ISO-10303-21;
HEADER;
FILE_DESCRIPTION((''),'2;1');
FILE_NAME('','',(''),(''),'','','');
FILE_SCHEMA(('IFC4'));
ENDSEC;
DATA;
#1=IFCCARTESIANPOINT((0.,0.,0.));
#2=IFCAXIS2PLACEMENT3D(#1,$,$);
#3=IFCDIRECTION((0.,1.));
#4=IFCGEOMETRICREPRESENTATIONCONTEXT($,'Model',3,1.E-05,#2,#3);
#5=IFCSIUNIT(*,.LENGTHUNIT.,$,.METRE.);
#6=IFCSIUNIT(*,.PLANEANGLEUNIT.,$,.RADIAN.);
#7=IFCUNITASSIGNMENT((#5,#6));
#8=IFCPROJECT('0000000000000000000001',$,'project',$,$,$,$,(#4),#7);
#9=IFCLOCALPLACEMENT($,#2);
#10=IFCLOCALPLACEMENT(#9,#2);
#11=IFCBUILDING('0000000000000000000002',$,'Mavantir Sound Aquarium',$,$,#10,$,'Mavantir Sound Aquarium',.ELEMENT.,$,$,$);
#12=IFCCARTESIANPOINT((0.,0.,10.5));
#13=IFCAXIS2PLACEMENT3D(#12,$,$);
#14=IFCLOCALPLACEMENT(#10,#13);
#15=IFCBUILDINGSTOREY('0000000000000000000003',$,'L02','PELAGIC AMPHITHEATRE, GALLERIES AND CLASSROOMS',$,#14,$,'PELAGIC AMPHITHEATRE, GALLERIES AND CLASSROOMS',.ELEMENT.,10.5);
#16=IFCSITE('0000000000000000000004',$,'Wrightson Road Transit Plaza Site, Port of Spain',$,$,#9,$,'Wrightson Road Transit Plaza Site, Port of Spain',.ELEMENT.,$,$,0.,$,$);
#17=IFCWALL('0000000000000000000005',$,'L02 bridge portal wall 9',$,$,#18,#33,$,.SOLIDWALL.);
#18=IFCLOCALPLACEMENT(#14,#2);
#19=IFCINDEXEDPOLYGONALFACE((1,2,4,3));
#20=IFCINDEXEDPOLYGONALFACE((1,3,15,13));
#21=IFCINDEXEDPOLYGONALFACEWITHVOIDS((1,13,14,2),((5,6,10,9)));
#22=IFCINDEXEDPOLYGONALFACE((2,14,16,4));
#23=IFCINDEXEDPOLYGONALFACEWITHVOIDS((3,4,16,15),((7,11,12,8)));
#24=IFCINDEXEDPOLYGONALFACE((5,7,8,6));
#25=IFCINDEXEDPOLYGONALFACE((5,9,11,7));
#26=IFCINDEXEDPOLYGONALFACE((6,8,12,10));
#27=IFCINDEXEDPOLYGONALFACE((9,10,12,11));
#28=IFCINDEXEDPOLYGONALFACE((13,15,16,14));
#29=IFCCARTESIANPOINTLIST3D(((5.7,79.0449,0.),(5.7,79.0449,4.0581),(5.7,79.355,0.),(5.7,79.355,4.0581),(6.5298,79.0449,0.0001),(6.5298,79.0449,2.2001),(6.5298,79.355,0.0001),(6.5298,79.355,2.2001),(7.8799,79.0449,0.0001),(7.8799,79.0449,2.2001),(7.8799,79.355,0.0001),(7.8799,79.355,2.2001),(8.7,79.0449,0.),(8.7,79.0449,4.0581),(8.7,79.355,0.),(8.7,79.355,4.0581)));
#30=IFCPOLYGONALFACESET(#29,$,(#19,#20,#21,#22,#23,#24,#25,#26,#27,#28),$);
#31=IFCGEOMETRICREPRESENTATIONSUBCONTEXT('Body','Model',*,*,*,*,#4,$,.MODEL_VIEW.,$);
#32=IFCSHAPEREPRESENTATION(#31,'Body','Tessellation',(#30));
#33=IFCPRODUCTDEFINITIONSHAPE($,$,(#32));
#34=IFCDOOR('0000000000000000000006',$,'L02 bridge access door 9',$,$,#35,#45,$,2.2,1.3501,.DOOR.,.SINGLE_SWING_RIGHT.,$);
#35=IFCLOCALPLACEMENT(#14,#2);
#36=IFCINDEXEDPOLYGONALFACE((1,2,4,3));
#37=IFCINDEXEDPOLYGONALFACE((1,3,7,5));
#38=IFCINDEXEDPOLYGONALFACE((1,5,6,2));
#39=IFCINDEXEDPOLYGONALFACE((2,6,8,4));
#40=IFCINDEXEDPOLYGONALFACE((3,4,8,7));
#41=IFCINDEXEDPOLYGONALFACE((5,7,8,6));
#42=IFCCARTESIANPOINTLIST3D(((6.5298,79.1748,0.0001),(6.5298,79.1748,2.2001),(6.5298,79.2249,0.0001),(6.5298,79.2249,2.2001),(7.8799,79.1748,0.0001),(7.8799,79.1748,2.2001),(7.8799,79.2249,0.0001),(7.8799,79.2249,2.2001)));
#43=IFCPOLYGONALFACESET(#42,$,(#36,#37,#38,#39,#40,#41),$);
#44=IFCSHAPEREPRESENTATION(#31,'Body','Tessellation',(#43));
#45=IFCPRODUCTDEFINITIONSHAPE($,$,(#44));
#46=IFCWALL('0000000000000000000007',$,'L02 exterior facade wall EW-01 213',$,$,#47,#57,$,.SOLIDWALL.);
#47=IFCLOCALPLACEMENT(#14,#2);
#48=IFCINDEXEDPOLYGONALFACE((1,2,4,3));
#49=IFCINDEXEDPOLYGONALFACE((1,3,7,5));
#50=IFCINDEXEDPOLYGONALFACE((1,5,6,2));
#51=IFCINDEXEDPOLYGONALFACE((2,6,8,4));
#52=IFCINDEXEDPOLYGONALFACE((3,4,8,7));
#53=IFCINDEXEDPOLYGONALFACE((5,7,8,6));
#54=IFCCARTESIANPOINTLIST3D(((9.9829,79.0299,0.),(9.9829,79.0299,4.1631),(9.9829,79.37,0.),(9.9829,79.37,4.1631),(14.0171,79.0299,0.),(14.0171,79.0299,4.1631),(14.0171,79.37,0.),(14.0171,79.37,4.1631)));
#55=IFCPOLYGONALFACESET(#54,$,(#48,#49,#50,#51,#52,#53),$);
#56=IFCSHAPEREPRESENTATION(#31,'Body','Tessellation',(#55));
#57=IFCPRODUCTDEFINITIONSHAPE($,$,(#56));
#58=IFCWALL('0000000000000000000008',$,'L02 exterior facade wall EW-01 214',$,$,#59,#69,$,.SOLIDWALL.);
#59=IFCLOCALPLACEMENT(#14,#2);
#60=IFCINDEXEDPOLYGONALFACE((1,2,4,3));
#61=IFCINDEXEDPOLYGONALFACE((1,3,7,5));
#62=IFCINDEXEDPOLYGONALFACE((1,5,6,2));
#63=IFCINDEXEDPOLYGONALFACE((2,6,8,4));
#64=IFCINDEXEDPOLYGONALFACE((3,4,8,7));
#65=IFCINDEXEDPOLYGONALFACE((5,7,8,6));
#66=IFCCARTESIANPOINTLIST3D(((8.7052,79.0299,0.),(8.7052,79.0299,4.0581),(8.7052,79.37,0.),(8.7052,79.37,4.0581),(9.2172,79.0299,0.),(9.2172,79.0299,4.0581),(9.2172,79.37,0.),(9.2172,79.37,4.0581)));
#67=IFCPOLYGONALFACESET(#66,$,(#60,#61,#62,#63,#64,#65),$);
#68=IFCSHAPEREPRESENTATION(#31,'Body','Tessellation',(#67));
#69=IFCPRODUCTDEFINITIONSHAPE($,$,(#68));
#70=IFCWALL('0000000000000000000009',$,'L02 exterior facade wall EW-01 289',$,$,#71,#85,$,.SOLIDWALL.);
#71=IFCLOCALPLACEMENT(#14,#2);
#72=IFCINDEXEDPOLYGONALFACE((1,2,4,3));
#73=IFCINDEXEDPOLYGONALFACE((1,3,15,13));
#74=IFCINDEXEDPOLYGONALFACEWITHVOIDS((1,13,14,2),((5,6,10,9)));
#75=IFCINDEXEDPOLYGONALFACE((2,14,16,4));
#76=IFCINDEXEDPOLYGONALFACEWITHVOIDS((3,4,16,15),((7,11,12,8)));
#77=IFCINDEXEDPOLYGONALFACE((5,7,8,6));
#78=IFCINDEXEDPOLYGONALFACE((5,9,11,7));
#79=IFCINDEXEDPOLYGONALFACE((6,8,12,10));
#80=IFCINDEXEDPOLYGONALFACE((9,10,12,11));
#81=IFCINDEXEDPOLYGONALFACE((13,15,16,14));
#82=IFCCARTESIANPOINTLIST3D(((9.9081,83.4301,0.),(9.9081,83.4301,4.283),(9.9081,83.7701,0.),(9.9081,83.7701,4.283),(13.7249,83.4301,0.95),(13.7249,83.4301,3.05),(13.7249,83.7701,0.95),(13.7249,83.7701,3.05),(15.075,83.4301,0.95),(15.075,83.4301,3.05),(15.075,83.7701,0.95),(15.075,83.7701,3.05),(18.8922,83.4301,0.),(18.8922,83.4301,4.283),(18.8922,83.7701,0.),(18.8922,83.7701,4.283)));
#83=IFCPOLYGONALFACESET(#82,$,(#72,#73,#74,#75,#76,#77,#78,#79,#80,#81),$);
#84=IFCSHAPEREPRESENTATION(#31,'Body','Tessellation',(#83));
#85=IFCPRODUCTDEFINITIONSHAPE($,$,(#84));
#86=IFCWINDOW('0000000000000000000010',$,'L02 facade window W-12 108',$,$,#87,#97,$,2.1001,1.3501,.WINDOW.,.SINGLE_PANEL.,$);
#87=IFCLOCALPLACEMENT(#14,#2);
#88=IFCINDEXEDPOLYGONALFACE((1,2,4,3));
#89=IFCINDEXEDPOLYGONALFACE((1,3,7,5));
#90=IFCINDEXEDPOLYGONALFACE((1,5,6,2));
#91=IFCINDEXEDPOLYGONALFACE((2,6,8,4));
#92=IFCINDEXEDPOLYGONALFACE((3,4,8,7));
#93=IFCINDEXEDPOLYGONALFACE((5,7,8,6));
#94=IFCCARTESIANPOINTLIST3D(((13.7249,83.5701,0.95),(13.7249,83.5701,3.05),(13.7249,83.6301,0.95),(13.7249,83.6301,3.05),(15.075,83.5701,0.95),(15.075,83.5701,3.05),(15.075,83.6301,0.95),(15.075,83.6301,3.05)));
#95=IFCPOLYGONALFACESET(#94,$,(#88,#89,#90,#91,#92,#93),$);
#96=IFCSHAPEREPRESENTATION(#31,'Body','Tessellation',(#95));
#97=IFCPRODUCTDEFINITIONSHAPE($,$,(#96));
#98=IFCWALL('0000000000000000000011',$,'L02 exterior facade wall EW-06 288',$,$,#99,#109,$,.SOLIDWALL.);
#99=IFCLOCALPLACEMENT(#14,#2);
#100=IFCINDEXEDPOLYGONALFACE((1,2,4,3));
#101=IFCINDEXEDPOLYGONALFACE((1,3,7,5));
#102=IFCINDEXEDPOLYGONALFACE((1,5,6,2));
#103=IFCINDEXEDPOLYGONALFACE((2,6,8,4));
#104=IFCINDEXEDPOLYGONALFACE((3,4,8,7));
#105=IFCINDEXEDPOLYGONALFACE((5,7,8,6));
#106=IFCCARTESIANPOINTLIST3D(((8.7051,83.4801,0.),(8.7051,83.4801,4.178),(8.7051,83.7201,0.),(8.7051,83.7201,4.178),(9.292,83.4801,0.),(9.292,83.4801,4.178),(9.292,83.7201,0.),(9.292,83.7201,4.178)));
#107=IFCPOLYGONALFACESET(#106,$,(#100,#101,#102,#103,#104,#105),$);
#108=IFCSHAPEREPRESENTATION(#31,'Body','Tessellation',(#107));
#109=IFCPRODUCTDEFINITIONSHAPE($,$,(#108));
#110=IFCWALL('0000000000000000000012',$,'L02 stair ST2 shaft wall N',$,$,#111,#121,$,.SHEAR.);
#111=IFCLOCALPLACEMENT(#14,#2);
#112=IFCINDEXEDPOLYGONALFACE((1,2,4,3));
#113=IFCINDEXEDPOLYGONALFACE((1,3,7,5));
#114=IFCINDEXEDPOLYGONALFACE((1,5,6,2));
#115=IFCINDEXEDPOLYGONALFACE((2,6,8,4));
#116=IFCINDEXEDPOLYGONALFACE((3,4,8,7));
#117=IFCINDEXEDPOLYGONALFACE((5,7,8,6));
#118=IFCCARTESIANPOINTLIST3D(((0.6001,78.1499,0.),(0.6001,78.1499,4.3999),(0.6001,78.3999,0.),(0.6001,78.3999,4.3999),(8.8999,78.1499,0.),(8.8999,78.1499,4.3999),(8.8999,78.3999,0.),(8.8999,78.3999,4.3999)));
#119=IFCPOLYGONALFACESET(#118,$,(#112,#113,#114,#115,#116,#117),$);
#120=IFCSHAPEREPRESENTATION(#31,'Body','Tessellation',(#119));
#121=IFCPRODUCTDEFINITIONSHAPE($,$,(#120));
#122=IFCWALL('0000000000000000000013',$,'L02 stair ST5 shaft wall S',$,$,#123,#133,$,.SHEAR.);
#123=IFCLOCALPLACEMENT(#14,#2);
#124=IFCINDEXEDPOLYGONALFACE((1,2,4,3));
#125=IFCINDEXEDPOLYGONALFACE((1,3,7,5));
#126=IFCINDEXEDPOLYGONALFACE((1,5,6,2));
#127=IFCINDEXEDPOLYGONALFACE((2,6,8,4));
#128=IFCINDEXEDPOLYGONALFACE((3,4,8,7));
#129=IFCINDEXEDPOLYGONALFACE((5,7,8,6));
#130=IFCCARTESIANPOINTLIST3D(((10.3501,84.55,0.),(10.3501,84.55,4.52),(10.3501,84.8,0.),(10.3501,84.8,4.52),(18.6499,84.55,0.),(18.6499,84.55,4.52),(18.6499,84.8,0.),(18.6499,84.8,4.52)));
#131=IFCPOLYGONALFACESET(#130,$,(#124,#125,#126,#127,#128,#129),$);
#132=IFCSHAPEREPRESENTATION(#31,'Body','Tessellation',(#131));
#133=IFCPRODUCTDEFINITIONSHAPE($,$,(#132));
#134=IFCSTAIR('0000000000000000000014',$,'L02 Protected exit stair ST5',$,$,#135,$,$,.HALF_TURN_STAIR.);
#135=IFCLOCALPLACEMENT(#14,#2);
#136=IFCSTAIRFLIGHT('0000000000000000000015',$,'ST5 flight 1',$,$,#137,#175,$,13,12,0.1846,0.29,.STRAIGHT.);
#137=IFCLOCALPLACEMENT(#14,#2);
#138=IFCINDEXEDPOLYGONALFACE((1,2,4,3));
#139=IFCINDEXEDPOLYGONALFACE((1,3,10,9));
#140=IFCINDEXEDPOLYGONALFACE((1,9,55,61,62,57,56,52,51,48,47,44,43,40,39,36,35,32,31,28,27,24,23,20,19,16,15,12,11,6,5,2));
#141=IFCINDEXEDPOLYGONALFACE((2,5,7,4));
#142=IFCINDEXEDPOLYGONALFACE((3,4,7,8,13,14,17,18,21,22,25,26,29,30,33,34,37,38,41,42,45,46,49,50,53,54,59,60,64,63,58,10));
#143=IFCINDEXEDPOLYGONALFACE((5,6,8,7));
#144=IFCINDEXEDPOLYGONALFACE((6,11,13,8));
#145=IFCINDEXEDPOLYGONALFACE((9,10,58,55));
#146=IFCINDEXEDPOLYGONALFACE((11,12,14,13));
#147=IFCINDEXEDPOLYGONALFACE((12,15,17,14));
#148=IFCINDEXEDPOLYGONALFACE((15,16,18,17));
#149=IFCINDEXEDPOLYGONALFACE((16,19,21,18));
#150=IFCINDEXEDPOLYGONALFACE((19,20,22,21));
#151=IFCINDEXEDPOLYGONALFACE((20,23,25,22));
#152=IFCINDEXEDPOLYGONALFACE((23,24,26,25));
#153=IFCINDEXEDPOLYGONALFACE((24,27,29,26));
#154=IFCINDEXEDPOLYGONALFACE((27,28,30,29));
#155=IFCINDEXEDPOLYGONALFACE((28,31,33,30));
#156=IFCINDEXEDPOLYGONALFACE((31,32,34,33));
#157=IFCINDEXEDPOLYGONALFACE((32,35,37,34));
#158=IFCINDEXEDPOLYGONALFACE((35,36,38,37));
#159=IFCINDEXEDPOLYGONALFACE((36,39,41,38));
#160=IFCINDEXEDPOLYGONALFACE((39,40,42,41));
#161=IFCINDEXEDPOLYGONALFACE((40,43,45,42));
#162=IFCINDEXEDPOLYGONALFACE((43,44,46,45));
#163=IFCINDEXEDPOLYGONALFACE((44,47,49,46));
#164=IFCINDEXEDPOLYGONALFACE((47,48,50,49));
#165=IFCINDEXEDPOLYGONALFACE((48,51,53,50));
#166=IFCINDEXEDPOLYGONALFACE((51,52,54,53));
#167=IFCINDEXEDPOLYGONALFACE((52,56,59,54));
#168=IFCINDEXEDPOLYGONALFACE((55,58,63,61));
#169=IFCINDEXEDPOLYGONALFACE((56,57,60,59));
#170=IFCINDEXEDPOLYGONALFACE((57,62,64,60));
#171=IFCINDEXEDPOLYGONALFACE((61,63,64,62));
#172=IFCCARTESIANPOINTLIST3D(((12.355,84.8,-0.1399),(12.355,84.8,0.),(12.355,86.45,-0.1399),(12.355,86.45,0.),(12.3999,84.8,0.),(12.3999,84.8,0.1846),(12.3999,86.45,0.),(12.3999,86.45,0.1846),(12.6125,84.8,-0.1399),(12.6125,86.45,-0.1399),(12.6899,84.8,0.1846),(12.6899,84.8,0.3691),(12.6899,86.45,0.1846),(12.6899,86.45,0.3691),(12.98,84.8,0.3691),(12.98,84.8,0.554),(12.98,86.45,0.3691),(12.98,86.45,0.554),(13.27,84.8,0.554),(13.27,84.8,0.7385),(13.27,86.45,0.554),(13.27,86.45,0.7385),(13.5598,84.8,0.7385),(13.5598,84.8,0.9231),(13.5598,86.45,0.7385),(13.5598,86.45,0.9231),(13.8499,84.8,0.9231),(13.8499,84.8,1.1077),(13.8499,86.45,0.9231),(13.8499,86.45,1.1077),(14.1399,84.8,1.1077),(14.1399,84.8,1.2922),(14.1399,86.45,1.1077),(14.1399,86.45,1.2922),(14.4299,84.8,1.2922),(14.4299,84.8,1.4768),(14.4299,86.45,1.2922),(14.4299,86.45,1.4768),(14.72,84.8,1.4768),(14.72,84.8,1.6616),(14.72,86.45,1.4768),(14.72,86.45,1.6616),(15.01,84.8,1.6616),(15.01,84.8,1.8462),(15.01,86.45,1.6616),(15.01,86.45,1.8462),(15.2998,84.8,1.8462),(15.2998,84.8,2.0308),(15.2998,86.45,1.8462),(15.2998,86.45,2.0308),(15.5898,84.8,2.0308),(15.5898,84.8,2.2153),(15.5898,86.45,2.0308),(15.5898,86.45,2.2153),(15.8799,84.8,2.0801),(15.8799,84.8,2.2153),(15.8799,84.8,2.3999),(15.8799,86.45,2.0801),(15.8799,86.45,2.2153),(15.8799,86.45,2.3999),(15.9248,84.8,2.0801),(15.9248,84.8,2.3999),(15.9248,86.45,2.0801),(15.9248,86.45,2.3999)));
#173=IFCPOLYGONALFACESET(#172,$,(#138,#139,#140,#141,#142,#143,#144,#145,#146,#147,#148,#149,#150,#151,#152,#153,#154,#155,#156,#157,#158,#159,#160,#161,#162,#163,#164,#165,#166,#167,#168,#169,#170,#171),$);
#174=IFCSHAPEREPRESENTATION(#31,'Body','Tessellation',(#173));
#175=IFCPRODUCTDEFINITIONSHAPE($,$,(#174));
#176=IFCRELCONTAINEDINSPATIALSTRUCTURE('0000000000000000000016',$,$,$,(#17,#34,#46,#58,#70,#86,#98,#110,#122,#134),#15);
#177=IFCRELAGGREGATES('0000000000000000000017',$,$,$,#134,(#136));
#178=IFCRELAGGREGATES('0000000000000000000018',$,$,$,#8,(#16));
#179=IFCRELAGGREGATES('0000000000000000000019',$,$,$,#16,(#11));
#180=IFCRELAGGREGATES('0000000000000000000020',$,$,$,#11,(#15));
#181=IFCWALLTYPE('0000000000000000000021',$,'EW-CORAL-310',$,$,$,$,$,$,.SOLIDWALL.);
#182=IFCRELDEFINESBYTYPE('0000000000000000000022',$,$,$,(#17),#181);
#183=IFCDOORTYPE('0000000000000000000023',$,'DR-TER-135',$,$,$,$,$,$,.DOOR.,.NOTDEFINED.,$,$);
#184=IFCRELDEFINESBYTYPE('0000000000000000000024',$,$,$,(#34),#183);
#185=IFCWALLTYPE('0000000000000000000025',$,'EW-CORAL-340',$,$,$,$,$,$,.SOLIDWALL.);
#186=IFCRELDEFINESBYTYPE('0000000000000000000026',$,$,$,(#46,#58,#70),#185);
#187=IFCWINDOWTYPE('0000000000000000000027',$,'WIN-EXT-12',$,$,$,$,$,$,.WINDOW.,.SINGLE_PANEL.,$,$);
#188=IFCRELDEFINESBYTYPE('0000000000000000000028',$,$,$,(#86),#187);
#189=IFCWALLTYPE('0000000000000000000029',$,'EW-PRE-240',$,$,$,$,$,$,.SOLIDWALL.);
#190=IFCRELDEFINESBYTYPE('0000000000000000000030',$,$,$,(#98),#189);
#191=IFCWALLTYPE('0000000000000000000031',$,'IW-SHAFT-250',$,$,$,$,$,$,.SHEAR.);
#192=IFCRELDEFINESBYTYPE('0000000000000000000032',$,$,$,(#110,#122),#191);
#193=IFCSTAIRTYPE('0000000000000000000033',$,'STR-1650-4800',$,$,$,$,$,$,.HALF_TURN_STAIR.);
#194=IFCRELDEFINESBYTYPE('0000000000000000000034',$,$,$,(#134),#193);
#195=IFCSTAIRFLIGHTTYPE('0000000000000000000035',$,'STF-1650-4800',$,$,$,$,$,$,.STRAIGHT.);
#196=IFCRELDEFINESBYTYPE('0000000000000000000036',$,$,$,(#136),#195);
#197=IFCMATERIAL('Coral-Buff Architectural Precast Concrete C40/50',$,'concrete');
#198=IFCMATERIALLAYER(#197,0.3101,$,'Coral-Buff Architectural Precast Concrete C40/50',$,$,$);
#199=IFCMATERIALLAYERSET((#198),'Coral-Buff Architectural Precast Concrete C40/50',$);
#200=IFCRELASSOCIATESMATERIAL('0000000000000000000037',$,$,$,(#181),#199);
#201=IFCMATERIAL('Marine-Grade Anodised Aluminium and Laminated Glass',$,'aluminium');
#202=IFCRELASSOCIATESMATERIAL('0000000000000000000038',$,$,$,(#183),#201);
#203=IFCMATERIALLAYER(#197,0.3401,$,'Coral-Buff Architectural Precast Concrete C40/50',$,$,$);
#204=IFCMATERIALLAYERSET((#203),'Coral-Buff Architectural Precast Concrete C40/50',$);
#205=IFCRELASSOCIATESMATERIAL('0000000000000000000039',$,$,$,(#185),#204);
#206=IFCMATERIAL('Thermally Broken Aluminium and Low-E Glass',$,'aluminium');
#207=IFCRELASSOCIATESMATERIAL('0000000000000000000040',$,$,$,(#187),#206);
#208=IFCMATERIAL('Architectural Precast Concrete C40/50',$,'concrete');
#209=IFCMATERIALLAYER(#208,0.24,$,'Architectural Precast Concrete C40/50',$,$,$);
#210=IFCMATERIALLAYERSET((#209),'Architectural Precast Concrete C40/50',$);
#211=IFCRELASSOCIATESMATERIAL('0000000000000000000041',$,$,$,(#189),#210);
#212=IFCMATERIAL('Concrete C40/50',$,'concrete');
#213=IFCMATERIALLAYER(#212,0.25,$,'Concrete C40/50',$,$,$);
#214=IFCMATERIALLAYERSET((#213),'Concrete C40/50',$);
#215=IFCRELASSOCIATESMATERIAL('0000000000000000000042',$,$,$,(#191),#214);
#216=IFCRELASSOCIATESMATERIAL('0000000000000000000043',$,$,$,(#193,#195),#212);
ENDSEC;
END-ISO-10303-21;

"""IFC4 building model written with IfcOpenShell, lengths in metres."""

from ifc_helpers import new_model, si_unit, direction, frame, frame_2d, origin, place, context, subcontext, project, spatial, polyline, rectangle, outline, extrude, material, layer, layer_set, type_object, element, fill, aggregate, save


model = new_model("IFC4")

# Units and contexts
model_context = context("Model", 3, precision=1e-05, world=origin(), true_north=direction((0.0, 1.0)))
body_context = subcontext(model_context, "Body", "Model", "MODEL_VIEW")
ifc_project = project(units=[si_unit("LENGTHUNIT", "METRE"), si_unit("PLANEANGLEUNIT", "RADIAN")], contexts=[model_context])

# Site, building, storey
site_placement = place(None, origin())
site = spatial("IfcSite", under=ifc_project, at=site_placement, Name="Wrightson Road Transit Plaza Site, Port of Spain", LongName="Wrightson Road Transit Plaza Site, Port of Spain", CompositionType="ELEMENT", RefElevation=0.0)
building_placement = place(site_placement, origin())
building = spatial("IfcBuilding", under=site, at=building_placement, Name="Mavantir Sound Aquarium", LongName="Mavantir Sound Aquarium", CompositionType="ELEMENT")
storey_placement = place(building_placement, frame((0.0, 0.0, 10.5)))
storey = spatial("IfcBuildingStorey", under=building, at=storey_placement, Name="L02", Description="PELAGIC AMPHITHEATRE, GALLERIES AND CLASSROOMS", LongName="PELAGIC AMPHITHEATRE, GALLERIES AND CLASSROOMS", CompositionType="ELEMENT", Elevation=10.5)

# Shared definitions
ifc_material_1 = material(Name="Concrete C40/50", Category="concrete")

# Wall, opening, door
ifc_material_2 = material(Name="Coral-Buff Architectural Precast Concrete C40/50", Category="concrete")
ifc_layer_1 = layer(ifc_material_2, 0.3101, Name="Coral-Buff Architectural Precast Concrete C40/50")
ifc_layer_set_1 = layer_set([ifc_layer_1], Name="Coral-Buff Architectural Precast Concrete C40/50")
wall_type_1 = type_object("IfcWallType", Name="EW-CORAL-310", PredefinedType="SOLIDWALL", material=ifc_layer_set_1)
wall_1_placement = place(storey_placement, frame((8.7, 79.2, 0.0), z_axis=(0.0, 0.0, 1.0), x_axis=(-1.0, 0.0, 0.0)))
wall_1 = element("IfcWall", 1, at=wall_1_placement, inside=storey, type_object=wall_type_1, Name="L02 bridge portal wall 9", PredefinedType="SOLIDWALL", context=body_context, shape_type="SweptSolid", body=[
    extrude(rectangle(XDim=3.0, YDim=0.3101, at=frame_2d((1.5, 0.0))), origin(), (0.0, 0.0, 1.0), 4.0581),
])
opening_1_placement = place(wall_1_placement, frame((2.1702, 0.0, 0.0), z_axis=(0.0, 0.0, 1.0), x_axis=(-1.0, 0.0, 0.0)))
opening_1 = element("IfcOpeningElement", 2, at=opening_1_placement, cuts=wall_1, PredefinedType="OPENING", context=body_context, shape_type="SweptSolid", body=[
    extrude(rectangle(XDim=1.3501, YDim=2.2, at=frame_2d((0.675, 1.1001))), frame((0.0, 0.165, 0.0), z_axis=(0.0, -1.0, 0.0), x_axis=(1.0, 0.0, 0.0)), (0.0, 0.0, 1.0), 0.3301),
])
ifc_material_3 = material(Name="Marine-Grade Anodised Aluminium and Laminated Glass", Category="aluminium")
door_type = type_object("IfcDoorType", Name="DR-TER-135", OperationType="NOTDEFINED", PredefinedType="DOOR", material=ifc_material_3)
door_placement = place(opening_1_placement, origin())
door = element("IfcDoor", 3, at=door_placement, inside=storey, type_object=door_type, Name="L02 bridge access door 9", OperationType="SINGLE_SWING_RIGHT", OverallHeight=2.2, OverallWidth=1.3501, PredefinedType="DOOR", context=body_context, shape_type="SweptSolid", body=[
    extrude(rectangle(XDim=1.3501, YDim=2.2, at=frame_2d((0.675, 1.1001))), frame((0.0, 0.0249, 0.0), z_axis=(0.0, -1.0, 0.0), x_axis=(1.0, 0.0, 0.0)), (0.0, 0.0, 1.0), 0.05),
])
fill(opening_1, door)

# Walls
ifc_layer_2 = layer(ifc_material_2, 0.3401, Name="Coral-Buff Architectural Precast Concrete C40/50")
ifc_layer_set_2 = layer_set([ifc_layer_2], Name="Coral-Buff Architectural Precast Concrete C40/50")
wall_type_2 = type_object("IfcWallType", Name="EW-CORAL-340", PredefinedType="SOLIDWALL", material=ifc_layer_set_2)
wall_2_placement = place(storey_placement, frame((14.0171, 79.2, 0.0), z_axis=(0.0, 0.0, 1.0), x_axis=(-1.0, 0.0, 0.0)))
element("IfcWall", 4, at=wall_2_placement, inside=storey, type_object=wall_type_2, Name="L02 exterior facade wall EW-01 213", PredefinedType="SOLIDWALL", context=body_context, shape_type="SweptSolid", body=[
    extrude(rectangle(XDim=4.0342, YDim=0.3401, at=frame_2d((2.0171, 0.0))), origin(), (0.0, 0.0, 1.0), 4.1631),
])
wall_3_placement = place(storey_placement, frame((9.217, 79.2, 0.0), z_axis=(0.0, 0.0, 1.0), x_axis=(-1.0, 0.0, 0.0)))
element("IfcWall", 5, at=wall_3_placement, inside=storey, type_object=wall_type_2, Name="L02 exterior facade wall EW-01 214", PredefinedType="SOLIDWALL", context=body_context, shape_type="SweptSolid", body=[
    extrude(rectangle(XDim=0.512, YDim=0.3401, at=frame_2d((0.2559, 0.0))), origin(), (0.0, 0.0, 1.0), 4.0581),
])

# Wall, opening, window
wall_4_placement = place(storey_placement, frame((9.908, 83.6001, 0.0), z_axis=(0.0, 0.0, 1.0), x_axis=(1.0, 0.0, 0.0)))
wall_4 = element("IfcWall", 6, at=wall_4_placement, inside=storey, type_object=wall_type_2, Name="L02 exterior facade wall EW-01 289", PredefinedType="SOLIDWALL", context=body_context, shape_type="SweptSolid", body=[
    extrude(rectangle(XDim=8.9841, YDim=0.3401, at=frame_2d((4.4922, 0.0))), origin(), (0.0, 0.0, 1.0), 4.283),
])
opening_2_placement = place(wall_4_placement, frame((3.8169, 0.0, 0.95)))
opening_2 = element("IfcOpeningElement", 7, at=opening_2_placement, cuts=wall_4, PredefinedType="OPENING", context=body_context, shape_type="SweptSolid", body=[
    extrude(rectangle(XDim=1.3501, YDim=2.1001, at=frame_2d((0.675, 1.05))), frame((0.0, 0.1802, 0.0), z_axis=(0.0, -1.0, 0.0), x_axis=(1.0, 0.0, 0.0)), (0.0, 0.0, 1.0), 0.3601),
])
ifc_material_4 = material(Name="Thermally Broken Aluminium and Low-E Glass", Category="aluminium")
window_type = type_object("IfcWindowType", Name="WIN-EXT-12", PartitioningType="SINGLE_PANEL", PredefinedType="WINDOW", material=ifc_material_4)
window_placement = place(opening_2_placement, origin())
window = element("IfcWindow", 8, at=window_placement, inside=storey, type_object=window_type, Name="L02 facade window W-12 108", OverallHeight=2.1001, OverallWidth=1.3501, PartitioningType="SINGLE_PANEL", PredefinedType="WINDOW", context=body_context, shape_type="SweptSolid", body=[
    extrude(rectangle(XDim=1.3501, YDim=2.1001, at=frame_2d((0.675, 1.05))), frame((0.0, 0.03, 0.0), z_axis=(0.0, -1.0, 0.0), x_axis=(1.0, 0.0, 0.0)), (0.0, 0.0, 1.0), 0.0601),
])
fill(opening_2, window)

# Walls
ifc_material_5 = material(Name="Architectural Precast Concrete C40/50", Category="concrete")
ifc_layer_3 = layer(ifc_material_5, 0.24, Name="Architectural Precast Concrete C40/50")
ifc_layer_set_3 = layer_set([ifc_layer_3], Name="Architectural Precast Concrete C40/50")
wall_type_3 = type_object("IfcWallType", Name="EW-PRE-240", PredefinedType="SOLIDWALL", material=ifc_layer_set_3)
wall_5_placement = place(storey_placement, frame((8.7051, 83.6001, 0.0), z_axis=(0.0, 0.0, 1.0), x_axis=(1.0, 0.0, 0.0)))
element("IfcWall", 9, at=wall_5_placement, inside=storey, type_object=wall_type_3, Name="L02 exterior facade wall EW-06 288", PredefinedType="SOLIDWALL", context=body_context, shape_type="SweptSolid", body=[
    extrude(rectangle(XDim=0.5869, YDim=0.24, at=frame_2d((0.2935, 0.0))), origin(), (0.0, 0.0, 1.0), 4.178),
])
ifc_layer_4 = layer(ifc_material_1, 0.25, Name="Concrete C40/50")
ifc_layer_set_4 = layer_set([ifc_layer_4], Name="Concrete C40/50")
wall_type_4 = type_object("IfcWallType", Name="IW-SHAFT-250", PredefinedType="SHEAR", material=ifc_layer_set_4)
wall_6_placement = place(storey_placement, frame((8.8999, 78.2749, 0.0), z_axis=(0.0, 0.0, 1.0), x_axis=(-1.0, 0.0, 0.0)))
element("IfcWall", 10, at=wall_6_placement, inside=storey, type_object=wall_type_4, Name="L02 stair ST2 shaft wall N", PredefinedType="SHEAR", context=body_context, shape_type="SweptSolid", body=[
    extrude(rectangle(XDim=8.2998, YDim=0.25, at=frame_2d((4.1499, 0.0))), origin(), (0.0, 0.0, 1.0), 4.3999),
])
wall_7_placement = place(storey_placement, frame((10.3501, 84.675, 0.0), z_axis=(0.0, 0.0, 1.0), x_axis=(1.0, 0.0, 0.0)))
element("IfcWall", 11, at=wall_7_placement, inside=storey, type_object=wall_type_4, Name="L02 stair ST5 shaft wall S", PredefinedType="SHEAR", context=body_context, shape_type="SweptSolid", body=[
    extrude(rectangle(XDim=8.2998, YDim=0.25, at=frame_2d((4.1499, 0.0))), origin(), (0.0, 0.0, 1.0), 4.52),
])

# Stair, stair flight
stair_type = type_object("IfcStairType", Name="STR-1650-4800", PredefinedType="HALF_TURN_STAIR", material=ifc_material_1)
stair_placement = place(storey_placement, origin())
stair = element("IfcStair", 12, at=stair_placement, inside=storey, type_object=stair_type, Name="L02 Protected exit stair ST5", PredefinedType="HALF_TURN_STAIR")
stair_flight_type = type_object("IfcStairFlightType", Name="STF-1650-4800", PredefinedType="STRAIGHT", material=ifc_material_1)
stair_flight_placement = place(storey_placement, frame((12.3999, 85.625, 0.0), z_axis=(0.0, 0.0, 1.0), x_axis=(1.0, 0.0, 0.0)))
stair_flight = element("IfcStairFlight", 13, at=stair_flight_placement, type_object=stair_flight_type, Name="ST5 flight 1", NumberOfRisers=13, NumberOfTreads=12, PredefinedType="STRAIGHT", RiserHeight=0.1846, TreadLength=0.29, context=body_context, shape_type="SweptSolid", body=[
    extrude(outline(polyline([(-0.0449, -0.1399), (-0.0449, 0.0), (0.0, 0.0), (0.0, 0.1846), (0.29, 0.1846), (0.29, 0.3691), (0.5801, 0.3691), (0.5801, 0.554), (0.8701, 0.554), (0.8701, 0.7385), (1.1599, 0.7385), (1.1599, 0.9231), (1.45, 0.9231), (1.45, 1.1077), (1.74, 1.1077), (1.74, 1.2922), (2.03, 1.2922), (2.03, 1.4768), (2.3201, 1.4768), (2.3201, 1.6616), (2.6101, 1.6616), (2.6101, 1.8462), (2.8999, 1.8462), (2.8999, 2.0308), (3.1899, 2.0308), (3.1899, 2.2153), (3.48, 2.2153), (3.48, 2.3999), (3.5249, 2.3999), (3.5249, 2.0801), (3.48, 2.0801), (0.2126, -0.1399), (-0.0449, -0.1399)])), frame((0.0, 0.825, 0.0), z_axis=(0.0, -1.0, 0.0), x_axis=(1.0, 0.0, 0.0)), (0.0, 0.0, 1.0), 1.6499),
])
aggregate(stair, [stair_flight])

save(model, "model.ifc")
